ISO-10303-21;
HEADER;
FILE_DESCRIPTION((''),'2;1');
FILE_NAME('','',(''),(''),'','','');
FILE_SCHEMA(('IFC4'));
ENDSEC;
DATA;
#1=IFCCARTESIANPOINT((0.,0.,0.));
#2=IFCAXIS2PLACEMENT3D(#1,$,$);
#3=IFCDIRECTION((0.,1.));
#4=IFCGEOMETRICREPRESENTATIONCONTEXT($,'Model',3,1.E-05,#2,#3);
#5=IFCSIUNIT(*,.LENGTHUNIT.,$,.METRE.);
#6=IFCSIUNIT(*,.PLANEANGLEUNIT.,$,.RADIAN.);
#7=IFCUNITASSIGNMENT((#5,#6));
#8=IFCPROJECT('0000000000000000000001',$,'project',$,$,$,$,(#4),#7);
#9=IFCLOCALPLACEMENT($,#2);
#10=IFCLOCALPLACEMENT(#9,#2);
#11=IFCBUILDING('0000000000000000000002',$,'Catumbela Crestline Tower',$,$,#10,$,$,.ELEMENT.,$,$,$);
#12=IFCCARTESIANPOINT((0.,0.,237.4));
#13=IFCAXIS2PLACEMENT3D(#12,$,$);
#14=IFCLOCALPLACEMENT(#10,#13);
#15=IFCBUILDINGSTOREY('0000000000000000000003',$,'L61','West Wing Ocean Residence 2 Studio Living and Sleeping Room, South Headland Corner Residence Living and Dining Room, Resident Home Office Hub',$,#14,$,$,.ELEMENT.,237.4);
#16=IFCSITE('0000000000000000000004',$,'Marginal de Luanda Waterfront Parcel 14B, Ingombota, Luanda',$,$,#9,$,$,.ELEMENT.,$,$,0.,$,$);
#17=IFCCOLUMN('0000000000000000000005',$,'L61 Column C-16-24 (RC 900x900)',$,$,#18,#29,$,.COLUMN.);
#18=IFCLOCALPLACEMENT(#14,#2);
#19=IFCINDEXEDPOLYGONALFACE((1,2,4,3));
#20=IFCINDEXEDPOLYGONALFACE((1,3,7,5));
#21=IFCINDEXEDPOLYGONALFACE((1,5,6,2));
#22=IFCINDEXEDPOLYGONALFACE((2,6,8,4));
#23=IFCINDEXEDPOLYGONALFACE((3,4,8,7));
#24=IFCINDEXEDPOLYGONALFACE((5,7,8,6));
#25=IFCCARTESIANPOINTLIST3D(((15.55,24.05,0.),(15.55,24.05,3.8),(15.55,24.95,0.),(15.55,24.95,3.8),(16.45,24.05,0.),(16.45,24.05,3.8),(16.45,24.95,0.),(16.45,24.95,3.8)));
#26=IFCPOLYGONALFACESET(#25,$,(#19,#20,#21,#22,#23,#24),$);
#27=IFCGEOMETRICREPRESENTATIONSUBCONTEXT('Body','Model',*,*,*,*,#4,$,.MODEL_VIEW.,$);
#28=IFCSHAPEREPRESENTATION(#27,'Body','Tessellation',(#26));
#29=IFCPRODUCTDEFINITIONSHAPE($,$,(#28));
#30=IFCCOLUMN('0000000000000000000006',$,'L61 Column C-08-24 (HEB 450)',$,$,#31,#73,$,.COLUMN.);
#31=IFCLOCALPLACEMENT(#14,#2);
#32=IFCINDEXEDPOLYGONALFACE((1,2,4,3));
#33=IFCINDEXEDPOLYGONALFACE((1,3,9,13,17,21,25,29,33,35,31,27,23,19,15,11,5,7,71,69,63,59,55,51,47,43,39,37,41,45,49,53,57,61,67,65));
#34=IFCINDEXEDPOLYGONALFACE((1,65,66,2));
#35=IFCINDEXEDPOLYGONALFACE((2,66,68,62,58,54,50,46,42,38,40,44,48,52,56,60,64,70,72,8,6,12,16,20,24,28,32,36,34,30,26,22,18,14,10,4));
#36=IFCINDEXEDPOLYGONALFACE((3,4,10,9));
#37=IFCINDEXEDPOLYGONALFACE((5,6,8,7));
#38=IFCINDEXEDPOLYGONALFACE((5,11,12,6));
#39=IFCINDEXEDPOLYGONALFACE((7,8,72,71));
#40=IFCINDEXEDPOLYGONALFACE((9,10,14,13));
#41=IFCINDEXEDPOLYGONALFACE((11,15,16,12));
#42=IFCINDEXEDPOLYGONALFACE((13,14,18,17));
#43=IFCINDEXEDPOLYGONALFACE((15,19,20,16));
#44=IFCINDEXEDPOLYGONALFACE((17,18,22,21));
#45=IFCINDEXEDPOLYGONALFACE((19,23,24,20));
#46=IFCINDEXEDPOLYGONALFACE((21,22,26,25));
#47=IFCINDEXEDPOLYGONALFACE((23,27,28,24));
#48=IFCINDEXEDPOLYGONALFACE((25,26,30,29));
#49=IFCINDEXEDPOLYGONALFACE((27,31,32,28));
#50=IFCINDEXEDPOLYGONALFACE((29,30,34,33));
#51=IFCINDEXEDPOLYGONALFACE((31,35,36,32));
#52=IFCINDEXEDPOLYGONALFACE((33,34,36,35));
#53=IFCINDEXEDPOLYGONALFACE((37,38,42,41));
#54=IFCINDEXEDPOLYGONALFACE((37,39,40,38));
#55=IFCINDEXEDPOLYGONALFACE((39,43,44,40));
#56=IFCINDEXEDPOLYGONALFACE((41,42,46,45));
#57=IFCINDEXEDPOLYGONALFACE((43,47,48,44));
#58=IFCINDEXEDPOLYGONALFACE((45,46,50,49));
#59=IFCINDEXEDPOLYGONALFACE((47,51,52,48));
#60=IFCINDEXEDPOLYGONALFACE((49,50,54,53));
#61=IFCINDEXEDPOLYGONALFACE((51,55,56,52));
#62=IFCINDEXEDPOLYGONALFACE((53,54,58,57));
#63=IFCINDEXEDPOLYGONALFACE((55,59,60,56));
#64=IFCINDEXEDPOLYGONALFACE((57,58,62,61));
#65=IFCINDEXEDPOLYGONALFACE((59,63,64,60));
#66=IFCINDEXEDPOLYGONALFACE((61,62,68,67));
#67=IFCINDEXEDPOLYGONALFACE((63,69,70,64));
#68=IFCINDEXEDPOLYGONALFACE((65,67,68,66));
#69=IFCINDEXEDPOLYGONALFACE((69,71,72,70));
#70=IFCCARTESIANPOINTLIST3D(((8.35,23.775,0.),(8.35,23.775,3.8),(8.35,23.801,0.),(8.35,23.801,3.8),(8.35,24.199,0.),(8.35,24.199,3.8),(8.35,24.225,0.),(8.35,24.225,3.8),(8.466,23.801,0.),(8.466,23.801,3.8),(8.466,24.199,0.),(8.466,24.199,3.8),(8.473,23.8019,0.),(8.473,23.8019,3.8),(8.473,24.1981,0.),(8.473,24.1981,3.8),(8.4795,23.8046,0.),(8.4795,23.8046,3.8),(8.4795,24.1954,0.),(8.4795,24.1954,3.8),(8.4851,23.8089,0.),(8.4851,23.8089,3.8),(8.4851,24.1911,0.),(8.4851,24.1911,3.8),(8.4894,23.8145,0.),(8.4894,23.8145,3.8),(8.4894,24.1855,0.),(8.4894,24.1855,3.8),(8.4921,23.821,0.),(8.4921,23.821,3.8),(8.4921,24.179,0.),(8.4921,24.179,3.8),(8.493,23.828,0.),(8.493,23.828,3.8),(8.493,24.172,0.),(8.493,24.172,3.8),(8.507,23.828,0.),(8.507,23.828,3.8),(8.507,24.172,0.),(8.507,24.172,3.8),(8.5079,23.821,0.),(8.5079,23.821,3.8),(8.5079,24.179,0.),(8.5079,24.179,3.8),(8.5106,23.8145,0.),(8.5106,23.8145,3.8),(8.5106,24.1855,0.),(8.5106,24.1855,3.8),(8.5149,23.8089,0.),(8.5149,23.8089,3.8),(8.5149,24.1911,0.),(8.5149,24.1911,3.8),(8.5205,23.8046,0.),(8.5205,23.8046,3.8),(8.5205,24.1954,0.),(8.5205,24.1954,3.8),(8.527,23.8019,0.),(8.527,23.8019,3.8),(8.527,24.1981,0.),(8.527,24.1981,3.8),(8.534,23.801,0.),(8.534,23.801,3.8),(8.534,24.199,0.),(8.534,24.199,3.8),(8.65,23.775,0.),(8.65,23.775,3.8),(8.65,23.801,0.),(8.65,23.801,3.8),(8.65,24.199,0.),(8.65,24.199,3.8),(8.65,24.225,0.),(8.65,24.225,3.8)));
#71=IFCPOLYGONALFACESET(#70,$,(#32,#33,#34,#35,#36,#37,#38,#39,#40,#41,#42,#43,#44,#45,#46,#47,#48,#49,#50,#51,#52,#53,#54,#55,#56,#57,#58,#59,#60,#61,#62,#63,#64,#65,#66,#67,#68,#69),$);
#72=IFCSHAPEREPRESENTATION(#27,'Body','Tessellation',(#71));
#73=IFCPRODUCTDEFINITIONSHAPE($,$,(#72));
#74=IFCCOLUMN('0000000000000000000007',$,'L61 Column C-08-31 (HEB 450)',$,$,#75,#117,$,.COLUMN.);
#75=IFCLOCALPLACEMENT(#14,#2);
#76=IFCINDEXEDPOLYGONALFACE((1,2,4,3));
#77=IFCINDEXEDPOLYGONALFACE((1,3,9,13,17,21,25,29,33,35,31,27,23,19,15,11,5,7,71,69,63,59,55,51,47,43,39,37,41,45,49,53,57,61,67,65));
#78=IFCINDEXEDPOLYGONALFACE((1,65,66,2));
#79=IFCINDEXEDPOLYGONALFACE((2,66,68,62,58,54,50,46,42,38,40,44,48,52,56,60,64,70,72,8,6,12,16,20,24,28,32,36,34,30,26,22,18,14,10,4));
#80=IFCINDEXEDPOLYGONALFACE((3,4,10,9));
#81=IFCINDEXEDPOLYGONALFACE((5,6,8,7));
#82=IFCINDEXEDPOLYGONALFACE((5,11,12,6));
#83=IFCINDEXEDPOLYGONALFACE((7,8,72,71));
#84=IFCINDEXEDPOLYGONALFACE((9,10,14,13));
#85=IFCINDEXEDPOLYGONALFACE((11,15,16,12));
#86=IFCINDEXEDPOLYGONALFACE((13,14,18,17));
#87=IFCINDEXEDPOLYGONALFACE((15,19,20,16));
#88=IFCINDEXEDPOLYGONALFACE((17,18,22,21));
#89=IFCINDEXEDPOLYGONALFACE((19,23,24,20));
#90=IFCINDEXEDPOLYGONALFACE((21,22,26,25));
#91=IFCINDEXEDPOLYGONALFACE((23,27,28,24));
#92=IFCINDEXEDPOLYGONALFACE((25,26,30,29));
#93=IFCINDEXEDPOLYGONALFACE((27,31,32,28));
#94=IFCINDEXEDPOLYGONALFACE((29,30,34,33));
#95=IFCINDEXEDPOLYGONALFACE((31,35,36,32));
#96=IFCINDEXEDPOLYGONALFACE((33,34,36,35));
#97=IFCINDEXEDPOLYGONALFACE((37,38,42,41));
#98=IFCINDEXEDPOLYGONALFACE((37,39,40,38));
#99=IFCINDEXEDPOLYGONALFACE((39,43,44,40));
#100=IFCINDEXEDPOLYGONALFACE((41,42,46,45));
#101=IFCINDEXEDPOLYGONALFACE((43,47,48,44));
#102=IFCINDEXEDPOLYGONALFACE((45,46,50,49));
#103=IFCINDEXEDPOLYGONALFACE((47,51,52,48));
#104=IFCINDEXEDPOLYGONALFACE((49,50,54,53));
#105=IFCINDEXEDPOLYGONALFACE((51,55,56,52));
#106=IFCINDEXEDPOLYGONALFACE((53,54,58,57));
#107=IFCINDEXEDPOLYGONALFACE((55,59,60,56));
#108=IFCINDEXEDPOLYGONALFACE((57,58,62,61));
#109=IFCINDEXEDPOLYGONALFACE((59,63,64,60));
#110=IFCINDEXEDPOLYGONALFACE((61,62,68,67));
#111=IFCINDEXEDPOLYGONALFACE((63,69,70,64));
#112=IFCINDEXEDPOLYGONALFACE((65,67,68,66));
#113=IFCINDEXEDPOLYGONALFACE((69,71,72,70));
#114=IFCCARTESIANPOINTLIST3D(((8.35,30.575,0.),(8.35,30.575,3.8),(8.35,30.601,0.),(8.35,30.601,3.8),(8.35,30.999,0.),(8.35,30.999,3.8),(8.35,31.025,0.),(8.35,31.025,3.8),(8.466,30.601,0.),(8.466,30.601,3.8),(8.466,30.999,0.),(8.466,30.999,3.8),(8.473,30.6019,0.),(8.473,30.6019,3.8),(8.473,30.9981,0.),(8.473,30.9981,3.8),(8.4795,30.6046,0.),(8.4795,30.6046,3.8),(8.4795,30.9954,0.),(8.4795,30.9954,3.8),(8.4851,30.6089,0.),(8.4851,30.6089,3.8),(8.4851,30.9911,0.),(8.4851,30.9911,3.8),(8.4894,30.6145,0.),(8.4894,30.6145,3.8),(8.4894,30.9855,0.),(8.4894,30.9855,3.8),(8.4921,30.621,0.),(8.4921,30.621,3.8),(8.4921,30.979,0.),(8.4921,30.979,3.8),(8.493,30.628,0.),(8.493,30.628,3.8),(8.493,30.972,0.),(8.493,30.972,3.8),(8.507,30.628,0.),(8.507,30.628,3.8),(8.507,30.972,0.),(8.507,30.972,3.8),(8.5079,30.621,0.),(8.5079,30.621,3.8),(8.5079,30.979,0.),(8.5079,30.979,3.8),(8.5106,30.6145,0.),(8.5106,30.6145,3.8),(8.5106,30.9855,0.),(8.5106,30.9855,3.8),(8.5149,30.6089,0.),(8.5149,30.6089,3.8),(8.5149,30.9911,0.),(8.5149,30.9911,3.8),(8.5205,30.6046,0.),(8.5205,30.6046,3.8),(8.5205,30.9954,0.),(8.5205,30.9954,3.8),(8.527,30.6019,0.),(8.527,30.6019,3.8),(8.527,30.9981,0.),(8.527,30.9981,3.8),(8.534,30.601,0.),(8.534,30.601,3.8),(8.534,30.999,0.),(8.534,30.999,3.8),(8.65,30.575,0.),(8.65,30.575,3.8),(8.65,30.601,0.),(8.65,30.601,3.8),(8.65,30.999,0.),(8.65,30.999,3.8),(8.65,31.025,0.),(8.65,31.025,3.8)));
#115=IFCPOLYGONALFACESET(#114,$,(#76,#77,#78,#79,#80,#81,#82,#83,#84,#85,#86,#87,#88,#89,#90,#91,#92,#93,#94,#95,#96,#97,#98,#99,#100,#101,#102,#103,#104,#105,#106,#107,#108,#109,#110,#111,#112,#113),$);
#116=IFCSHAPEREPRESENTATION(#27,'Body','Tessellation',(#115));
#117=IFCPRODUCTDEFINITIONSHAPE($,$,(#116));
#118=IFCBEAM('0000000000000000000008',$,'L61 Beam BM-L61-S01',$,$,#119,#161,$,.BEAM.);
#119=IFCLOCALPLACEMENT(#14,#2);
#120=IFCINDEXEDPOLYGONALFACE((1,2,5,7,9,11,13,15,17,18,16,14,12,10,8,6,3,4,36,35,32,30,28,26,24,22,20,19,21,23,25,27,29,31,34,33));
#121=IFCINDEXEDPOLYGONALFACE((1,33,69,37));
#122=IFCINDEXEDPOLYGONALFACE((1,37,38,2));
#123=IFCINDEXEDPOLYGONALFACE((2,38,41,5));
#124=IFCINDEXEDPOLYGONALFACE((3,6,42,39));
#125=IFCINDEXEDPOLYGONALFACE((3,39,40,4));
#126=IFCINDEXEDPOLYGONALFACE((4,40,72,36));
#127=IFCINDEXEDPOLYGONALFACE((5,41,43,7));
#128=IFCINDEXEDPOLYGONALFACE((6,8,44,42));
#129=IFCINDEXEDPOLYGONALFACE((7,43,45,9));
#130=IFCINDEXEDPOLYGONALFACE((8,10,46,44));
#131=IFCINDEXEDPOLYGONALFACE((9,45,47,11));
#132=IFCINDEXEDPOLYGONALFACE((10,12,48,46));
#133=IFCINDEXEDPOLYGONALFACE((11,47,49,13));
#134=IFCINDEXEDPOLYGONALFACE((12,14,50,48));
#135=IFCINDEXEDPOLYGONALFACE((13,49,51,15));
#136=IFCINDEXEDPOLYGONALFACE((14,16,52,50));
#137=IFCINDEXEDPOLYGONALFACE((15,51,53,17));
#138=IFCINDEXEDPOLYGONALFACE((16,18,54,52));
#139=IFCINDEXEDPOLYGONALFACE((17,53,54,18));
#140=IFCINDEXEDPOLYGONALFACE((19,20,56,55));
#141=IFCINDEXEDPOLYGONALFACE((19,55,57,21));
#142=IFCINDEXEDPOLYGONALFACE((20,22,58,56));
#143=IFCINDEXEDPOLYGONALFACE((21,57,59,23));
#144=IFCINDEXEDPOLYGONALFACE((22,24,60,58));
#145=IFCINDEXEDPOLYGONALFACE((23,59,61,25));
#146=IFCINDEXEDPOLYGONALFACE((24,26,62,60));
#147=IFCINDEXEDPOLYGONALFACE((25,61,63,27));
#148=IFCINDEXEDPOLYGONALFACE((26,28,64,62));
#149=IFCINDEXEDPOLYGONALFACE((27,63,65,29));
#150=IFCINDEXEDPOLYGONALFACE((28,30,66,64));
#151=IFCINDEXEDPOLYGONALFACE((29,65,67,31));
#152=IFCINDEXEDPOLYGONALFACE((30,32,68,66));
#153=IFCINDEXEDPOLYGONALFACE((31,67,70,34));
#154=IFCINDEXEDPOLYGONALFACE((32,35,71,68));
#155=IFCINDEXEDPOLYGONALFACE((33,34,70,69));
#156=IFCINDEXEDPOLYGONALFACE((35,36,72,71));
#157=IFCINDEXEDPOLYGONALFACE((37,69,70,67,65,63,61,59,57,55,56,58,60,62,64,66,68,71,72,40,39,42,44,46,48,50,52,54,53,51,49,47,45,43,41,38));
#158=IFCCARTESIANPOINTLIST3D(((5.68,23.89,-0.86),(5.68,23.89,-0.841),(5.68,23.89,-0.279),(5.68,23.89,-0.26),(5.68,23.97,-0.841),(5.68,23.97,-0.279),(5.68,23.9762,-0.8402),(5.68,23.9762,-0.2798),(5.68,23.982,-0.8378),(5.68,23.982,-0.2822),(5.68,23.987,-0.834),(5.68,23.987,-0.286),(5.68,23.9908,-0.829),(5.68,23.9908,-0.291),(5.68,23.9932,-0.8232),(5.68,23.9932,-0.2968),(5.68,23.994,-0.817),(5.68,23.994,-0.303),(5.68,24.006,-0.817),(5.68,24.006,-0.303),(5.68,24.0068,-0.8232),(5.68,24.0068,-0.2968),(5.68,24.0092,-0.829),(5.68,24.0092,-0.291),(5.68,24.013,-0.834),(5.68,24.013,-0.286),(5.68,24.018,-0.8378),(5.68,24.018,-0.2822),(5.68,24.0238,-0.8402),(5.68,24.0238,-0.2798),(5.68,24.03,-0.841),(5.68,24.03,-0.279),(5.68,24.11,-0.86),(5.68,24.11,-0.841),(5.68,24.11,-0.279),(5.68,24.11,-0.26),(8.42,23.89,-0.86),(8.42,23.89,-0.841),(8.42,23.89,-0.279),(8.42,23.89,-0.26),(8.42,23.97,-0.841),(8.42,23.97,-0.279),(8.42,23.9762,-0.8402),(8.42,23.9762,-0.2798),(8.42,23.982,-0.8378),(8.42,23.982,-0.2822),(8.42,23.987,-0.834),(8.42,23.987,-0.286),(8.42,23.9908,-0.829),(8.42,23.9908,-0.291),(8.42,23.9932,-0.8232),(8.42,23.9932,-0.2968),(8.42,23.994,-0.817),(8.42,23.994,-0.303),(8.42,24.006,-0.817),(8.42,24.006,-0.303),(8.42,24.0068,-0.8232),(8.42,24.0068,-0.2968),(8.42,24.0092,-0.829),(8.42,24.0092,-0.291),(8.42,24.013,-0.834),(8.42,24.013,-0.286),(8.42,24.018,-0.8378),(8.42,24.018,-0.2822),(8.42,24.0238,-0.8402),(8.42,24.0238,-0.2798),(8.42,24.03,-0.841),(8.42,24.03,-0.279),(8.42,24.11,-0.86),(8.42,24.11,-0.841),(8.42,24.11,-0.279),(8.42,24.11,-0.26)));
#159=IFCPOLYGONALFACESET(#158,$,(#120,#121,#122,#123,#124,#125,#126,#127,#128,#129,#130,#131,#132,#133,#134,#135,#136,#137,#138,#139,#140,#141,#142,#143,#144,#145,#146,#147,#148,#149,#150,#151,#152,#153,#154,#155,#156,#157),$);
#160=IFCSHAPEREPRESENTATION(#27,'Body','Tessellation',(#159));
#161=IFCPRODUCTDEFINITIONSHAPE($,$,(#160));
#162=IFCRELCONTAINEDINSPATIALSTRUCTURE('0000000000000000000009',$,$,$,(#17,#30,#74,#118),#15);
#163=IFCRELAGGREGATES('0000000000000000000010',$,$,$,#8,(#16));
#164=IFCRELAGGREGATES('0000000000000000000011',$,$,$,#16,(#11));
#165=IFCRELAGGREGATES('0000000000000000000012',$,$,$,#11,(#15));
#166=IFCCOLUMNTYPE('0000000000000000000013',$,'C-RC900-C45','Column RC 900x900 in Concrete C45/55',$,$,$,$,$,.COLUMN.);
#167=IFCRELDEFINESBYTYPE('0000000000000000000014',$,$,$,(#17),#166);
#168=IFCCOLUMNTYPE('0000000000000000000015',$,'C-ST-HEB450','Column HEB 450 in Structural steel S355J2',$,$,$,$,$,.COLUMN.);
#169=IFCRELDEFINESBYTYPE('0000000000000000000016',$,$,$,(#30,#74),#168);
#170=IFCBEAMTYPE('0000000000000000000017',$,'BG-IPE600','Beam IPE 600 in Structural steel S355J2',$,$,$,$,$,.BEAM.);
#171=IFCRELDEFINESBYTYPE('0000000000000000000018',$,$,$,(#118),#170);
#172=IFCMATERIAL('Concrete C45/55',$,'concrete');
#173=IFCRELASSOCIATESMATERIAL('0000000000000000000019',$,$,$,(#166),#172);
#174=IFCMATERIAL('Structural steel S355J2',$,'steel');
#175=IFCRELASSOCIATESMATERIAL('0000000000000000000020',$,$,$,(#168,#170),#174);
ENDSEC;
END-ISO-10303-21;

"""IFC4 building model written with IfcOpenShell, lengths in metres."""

from ifc_helpers import new_model, si_unit, direction, frame, origin, origin_2d, place, context, subcontext, project, spatial, rectangle, i_section, extrude, material, material_profile, profile_set, type_object, element, save


model = new_model("IFC4")

# Units and contexts
model_context = context("Model", 3, precision=1e-05, world=origin(), true_north=direction((0.0, 1.0)))
body_context = subcontext(model_context, "Body", "Model", "MODEL_VIEW")
ifc_project = project(units=[si_unit("LENGTHUNIT", "METRE"), si_unit("PLANEANGLEUNIT", "RADIAN")], contexts=[model_context])

# Site, building, storey
site_placement = place(None, origin())
site = spatial("IfcSite", under=ifc_project, at=site_placement, Name="Marginal de Luanda Waterfront Parcel 14B, Ingombota, Luanda", CompositionType="ELEMENT", RefElevation=0.0)
building_placement = place(site_placement, origin())
building = spatial("IfcBuilding", under=site, at=building_placement, Name="Catumbela Crestline Tower", CompositionType="ELEMENT")
storey_placement = place(building_placement, frame((0.0, 0.0, 237.4)))
storey = spatial("IfcBuildingStorey", under=building, at=storey_placement, Name="L61", Description="West Wing Ocean Residence 2 Studio Living and Sleeping Room, South Headland Corner Residence Living and Dining Room, Resident Home Office Hub", CompositionType="ELEMENT", Elevation=237.4)

# Columns
ifc_material_1 = material(Name="Concrete C45/55", Category="concrete")
ifc_material_profile_1 = material_profile(ifc_material_1, rectangle(XDim=0.9, YDim=0.9, at=origin_2d()), Name="RC 900x900")
ifc_profile_set_1 = profile_set([ifc_material_profile_1], Name="Concrete C45/55")
column_type_1 = type_object("IfcColumnType", Name="C-RC900-C45", Description="Column RC 900x900 in Concrete C45/55", PredefinedType="COLUMN", material=ifc_profile_set_1)
column_placement = place(storey_placement, frame((16.0, 24.5, 0.0), z_axis=(0.0, 0.0, 1.0), x_axis=(1.0, 0.0, 0.0)))
element("IfcColumn", 1, at=column_placement, inside=storey, type_object=column_type_1, Name="L61 Column C-16-24 (RC 900x900)", PredefinedType="COLUMN", context=body_context, shape_type="SweptSolid", body=[
    extrude(rectangle(XDim=0.9, YDim=0.9, at=origin_2d()), origin(), (0.0, 0.0, 1.0), 3.8),
])
ifc_material_2 = material(Name="Structural steel S355J2", Category="steel")
ifc_material_profile_2 = material_profile(ifc_material_2, i_section(OverallWidth=0.3, OverallDepth=0.45, WebThickness=0.014, FlangeThickness=0.026, FilletRadius=0.027, at=origin_2d()), Name="HEB 450")
ifc_profile_set_2 = profile_set([ifc_material_profile_2], Name="Structural steel S355J2")
column_type_2 = type_object("IfcColumnType", Name="C-ST-HEB450", Description="Column HEB 450 in Structural steel S355J2", PredefinedType="COLUMN", material=ifc_profile_set_2)
for number, where, z_axis, x_axis, name in (
    (2, (8.5, 24.0, 0.0), (0.0, 0.0, 1.0), (1.0, 0.0, 0.0), "L61 Column C-08-24 (HEB 450)"),
    (3, (8.5, 30.8, 0.0), (0.0, 0.0, 1.0), (1.0, 0.0, 0.0), "L61 Column C-08-31 (HEB 450)"),
):
    element("IfcColumn", number, at=place(storey_placement, frame(where, z_axis=z_axis, x_axis=x_axis)), inside=storey, type_object=column_type_2, Name=name, PredefinedType="COLUMN", context=body_context, shape_type="SweptSolid", body=[
        extrude(i_section(OverallWidth=0.3, OverallDepth=0.45, WebThickness=0.014, FlangeThickness=0.026, FilletRadius=0.027, at=origin_2d()), origin(), (0.0, 0.0, 1.0), 3.8),
    ])

# Beam
ifc_material_profile_3 = material_profile(ifc_material_2, i_section(OverallWidth=0.22, OverallDepth=0.6, WebThickness=0.012, FlangeThickness=0.019, FilletRadius=0.024, at=origin_2d()), Name="IPE 600")
ifc_profile_set_3 = profile_set([ifc_material_profile_3], Name="Structural steel S355J2")
beam_type = type_object("IfcBeamType", Name="BG-IPE600", Description="Beam IPE 600 in Structural steel S355J2", PredefinedType="BEAM", material=ifc_profile_set_3)
beam_1_placement = place(storey_placement, frame((5.68, 24.0, -0.56), z_axis=(1.0, 0.0, 0.0), x_axis=(0.0, 1.0, 0.0)))
element("IfcBeam", 4, at=beam_1_placement, inside=storey, type_object=beam_type, Name="L61 Beam BM-L61-S01", PredefinedType="BEAM", context=body_context, shape_type="SweptSolid", body=[
    extrude(i_section(OverallWidth=0.22, OverallDepth=0.6, WebThickness=0.012, FlangeThickness=0.019, FilletRadius=0.024, at=origin_2d()), origin(), (0.0, 0.0, 1.0), 2.74),
])

save(model, "model.ifc")
